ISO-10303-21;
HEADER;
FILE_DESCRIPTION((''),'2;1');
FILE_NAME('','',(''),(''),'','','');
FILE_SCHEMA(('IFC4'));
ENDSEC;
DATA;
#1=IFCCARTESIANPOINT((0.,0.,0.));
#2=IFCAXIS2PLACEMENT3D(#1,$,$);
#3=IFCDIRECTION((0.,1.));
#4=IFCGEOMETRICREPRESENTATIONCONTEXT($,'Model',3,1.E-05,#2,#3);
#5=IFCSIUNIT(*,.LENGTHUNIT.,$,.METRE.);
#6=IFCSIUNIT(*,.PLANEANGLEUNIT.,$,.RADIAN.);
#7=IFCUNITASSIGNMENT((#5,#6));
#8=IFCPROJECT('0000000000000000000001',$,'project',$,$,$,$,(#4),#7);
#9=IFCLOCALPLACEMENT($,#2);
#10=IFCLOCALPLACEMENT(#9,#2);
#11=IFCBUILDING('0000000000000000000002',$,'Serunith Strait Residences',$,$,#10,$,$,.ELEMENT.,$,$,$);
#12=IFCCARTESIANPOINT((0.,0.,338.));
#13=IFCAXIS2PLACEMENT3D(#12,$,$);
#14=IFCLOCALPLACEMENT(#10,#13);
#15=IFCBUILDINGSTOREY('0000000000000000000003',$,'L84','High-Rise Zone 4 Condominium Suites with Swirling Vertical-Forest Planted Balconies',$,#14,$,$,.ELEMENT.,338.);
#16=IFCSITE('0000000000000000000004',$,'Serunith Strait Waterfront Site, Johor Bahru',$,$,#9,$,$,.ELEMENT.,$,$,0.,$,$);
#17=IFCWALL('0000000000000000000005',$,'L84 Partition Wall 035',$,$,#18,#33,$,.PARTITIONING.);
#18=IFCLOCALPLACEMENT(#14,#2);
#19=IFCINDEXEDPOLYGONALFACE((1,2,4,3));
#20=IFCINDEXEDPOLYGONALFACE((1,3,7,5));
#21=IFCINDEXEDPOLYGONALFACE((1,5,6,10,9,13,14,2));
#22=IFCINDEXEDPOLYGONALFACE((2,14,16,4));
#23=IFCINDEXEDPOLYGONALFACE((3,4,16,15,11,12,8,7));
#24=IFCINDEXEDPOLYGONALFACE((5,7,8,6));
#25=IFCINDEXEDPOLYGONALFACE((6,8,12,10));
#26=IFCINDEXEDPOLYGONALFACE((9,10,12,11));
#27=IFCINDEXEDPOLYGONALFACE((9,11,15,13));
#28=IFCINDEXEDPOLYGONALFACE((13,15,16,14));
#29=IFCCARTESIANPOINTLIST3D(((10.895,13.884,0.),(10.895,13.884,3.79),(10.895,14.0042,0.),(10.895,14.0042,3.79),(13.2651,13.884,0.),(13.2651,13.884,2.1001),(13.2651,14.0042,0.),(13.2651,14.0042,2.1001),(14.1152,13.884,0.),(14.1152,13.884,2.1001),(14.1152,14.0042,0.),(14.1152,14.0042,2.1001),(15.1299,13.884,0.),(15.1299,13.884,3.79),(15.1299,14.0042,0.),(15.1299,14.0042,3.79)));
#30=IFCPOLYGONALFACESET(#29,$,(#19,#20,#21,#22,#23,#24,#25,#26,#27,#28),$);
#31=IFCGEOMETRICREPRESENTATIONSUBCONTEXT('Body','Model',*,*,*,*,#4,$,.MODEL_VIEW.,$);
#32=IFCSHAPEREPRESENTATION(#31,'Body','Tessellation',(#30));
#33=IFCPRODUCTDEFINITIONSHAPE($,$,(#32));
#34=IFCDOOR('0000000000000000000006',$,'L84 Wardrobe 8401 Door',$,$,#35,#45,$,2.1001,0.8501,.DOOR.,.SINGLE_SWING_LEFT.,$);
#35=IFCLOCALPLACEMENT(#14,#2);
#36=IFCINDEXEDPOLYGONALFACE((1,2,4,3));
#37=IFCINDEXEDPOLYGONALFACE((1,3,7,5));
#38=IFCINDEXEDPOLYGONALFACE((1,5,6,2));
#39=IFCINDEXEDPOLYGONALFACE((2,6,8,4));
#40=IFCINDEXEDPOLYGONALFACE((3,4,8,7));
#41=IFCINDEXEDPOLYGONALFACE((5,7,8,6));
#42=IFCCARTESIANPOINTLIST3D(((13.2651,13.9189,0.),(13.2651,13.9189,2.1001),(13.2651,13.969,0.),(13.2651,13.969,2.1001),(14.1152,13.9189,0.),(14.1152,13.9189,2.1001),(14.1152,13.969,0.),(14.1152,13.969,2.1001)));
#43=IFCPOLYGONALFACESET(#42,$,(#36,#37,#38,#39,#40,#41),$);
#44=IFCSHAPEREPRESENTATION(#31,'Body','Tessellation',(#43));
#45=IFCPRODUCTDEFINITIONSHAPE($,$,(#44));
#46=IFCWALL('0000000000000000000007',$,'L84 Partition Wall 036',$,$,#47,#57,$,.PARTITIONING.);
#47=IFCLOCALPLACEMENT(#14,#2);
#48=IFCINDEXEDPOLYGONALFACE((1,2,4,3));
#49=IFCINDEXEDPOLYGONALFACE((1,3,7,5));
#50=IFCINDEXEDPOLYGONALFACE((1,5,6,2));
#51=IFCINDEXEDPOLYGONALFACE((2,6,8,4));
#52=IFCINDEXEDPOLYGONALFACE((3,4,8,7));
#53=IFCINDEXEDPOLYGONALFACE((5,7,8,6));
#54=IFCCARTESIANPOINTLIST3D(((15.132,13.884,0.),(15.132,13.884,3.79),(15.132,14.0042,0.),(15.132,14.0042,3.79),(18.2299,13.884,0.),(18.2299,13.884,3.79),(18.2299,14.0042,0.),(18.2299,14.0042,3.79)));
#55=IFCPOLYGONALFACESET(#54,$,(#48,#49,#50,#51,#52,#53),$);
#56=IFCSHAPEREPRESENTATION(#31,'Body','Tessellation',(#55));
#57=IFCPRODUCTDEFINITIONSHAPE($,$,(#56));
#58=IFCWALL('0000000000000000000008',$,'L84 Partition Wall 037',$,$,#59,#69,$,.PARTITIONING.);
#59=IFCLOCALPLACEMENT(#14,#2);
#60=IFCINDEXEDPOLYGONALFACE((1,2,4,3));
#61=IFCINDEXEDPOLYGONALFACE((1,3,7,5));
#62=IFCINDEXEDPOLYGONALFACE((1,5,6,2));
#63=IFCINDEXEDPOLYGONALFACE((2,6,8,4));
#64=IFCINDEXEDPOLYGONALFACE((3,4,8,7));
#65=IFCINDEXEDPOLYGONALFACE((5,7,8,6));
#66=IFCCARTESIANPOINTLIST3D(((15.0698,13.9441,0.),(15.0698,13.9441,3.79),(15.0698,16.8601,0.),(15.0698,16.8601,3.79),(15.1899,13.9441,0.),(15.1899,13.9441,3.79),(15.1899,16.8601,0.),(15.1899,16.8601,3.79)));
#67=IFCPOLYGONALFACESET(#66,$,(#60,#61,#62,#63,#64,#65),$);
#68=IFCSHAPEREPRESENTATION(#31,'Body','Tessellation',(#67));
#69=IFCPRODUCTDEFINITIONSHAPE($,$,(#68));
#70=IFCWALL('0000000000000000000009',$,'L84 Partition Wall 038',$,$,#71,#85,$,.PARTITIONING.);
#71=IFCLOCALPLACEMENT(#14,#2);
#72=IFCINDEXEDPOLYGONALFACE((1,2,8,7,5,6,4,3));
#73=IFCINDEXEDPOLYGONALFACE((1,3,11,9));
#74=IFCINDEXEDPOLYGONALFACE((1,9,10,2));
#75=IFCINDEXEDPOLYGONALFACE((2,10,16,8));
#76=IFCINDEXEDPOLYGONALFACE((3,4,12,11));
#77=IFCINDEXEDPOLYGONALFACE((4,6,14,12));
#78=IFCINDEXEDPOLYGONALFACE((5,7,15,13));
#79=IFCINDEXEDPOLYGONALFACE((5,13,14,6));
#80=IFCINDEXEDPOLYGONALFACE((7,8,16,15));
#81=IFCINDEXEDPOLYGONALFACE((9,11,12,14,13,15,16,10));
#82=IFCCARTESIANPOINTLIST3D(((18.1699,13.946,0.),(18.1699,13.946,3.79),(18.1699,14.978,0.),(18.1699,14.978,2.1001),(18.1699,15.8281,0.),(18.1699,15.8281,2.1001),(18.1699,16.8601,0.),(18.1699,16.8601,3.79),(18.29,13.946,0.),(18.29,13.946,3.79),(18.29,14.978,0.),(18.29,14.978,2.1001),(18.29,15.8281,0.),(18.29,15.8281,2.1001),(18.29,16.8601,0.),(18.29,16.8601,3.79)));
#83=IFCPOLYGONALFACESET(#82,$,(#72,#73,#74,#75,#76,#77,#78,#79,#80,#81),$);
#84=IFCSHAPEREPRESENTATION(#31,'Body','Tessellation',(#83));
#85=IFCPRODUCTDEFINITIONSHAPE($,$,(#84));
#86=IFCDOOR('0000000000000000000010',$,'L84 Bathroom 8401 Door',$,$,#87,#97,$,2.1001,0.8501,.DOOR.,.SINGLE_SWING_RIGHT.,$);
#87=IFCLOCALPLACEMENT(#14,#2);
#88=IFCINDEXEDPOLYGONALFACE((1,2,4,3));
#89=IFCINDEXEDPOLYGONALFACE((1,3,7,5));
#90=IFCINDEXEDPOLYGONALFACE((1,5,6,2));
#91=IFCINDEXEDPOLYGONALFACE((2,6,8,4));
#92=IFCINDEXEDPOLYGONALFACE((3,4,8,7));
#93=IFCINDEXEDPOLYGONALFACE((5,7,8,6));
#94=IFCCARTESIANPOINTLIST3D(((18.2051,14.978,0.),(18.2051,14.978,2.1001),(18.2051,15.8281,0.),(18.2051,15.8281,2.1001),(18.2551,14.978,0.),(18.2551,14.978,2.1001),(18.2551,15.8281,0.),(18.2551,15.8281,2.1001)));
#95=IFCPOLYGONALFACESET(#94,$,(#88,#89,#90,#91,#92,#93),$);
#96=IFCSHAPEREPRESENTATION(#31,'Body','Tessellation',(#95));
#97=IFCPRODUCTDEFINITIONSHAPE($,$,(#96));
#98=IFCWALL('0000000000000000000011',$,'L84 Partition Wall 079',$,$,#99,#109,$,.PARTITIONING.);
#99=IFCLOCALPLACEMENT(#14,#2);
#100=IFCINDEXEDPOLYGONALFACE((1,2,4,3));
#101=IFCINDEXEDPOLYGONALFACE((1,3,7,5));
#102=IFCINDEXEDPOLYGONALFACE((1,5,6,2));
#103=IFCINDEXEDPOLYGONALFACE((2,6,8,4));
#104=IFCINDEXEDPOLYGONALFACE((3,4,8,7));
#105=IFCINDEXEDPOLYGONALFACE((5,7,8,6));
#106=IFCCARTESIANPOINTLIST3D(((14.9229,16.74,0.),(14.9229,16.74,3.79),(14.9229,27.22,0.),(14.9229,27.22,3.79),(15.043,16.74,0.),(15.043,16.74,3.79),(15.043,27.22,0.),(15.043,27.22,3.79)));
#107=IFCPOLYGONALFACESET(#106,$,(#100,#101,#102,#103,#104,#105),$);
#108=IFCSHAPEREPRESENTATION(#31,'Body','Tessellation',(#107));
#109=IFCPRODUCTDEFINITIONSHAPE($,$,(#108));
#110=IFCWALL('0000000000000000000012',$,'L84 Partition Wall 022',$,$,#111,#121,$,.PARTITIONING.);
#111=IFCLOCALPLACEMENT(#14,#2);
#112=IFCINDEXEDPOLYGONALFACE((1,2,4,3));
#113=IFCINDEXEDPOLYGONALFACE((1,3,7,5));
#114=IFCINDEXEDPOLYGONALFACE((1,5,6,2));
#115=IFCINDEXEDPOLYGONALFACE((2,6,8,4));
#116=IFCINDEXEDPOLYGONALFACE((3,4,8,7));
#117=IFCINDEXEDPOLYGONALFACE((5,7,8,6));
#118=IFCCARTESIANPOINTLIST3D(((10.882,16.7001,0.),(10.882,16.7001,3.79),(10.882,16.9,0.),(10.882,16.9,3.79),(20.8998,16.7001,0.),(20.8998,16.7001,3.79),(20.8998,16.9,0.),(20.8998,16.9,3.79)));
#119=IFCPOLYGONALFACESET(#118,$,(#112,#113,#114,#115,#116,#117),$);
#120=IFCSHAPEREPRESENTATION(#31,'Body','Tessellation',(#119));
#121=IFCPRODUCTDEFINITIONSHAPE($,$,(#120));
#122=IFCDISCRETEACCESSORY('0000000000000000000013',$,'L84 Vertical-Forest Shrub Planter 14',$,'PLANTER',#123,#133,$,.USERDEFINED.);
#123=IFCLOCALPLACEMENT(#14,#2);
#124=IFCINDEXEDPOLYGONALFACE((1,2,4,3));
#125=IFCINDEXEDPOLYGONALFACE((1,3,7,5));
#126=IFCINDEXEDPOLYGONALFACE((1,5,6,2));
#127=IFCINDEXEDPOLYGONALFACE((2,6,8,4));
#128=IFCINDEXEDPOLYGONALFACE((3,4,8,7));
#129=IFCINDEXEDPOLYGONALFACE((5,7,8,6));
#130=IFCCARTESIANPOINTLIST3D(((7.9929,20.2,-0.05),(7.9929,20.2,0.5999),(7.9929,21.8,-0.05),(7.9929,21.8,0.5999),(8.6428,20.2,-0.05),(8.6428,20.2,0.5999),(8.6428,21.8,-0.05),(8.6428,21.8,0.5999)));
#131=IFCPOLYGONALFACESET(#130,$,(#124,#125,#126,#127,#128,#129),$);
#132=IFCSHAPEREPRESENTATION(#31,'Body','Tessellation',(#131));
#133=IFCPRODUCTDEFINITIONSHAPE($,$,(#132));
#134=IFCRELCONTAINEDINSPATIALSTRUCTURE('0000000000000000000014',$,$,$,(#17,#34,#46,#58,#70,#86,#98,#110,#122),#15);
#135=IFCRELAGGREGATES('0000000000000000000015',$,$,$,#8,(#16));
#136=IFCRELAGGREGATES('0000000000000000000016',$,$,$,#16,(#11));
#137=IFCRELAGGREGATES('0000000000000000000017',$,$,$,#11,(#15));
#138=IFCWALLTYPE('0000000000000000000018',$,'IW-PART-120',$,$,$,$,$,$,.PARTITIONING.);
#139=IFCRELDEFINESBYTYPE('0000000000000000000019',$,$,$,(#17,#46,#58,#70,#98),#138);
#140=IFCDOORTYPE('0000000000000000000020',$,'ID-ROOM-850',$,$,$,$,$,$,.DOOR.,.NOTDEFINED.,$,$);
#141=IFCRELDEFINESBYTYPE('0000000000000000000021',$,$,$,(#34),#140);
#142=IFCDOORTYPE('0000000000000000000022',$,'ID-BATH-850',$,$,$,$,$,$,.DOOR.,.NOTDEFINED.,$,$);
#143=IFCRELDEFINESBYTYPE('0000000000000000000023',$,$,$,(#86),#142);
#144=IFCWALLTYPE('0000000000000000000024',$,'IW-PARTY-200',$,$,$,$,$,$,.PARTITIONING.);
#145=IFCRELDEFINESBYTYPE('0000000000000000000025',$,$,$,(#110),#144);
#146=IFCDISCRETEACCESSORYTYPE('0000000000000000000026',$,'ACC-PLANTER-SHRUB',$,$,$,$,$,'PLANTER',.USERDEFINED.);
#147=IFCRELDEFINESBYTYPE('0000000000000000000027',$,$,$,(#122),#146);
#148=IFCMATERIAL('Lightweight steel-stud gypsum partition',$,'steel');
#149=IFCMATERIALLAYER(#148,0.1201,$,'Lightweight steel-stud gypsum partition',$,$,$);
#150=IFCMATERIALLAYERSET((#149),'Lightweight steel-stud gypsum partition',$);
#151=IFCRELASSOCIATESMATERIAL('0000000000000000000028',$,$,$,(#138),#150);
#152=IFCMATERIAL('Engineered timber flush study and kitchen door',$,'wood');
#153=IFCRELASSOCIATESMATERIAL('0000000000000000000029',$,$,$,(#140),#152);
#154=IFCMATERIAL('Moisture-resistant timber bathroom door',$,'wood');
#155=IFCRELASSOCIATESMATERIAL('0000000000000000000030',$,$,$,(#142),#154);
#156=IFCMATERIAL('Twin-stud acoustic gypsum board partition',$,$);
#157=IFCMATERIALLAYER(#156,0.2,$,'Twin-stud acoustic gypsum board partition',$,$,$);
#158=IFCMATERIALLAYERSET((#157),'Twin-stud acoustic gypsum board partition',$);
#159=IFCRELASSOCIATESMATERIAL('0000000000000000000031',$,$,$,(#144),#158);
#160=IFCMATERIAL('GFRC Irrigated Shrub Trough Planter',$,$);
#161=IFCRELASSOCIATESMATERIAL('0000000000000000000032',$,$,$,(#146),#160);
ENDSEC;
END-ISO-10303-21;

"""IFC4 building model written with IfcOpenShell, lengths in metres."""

from ifc_helpers import new_model, si_unit, direction, frame, frame_2d, origin, origin_2d, place, context, subcontext, project, spatial, rectangle, extrude, source, transform, mapped, material, layer, layer_set, type_object, element, fill, save


model = new_model("IFC4")

# Units and contexts
model_context = context("Model", 3, precision=1e-05, world=origin(), true_north=direction((0.0, 1.0)))
body_context = subcontext(model_context, "Body", "Model", "MODEL_VIEW")
ifc_project = project(units=[si_unit("LENGTHUNIT", "METRE"), si_unit("PLANEANGLEUNIT", "RADIAN")], contexts=[model_context])

# Site, building, storey
site_placement = place(None, origin())
site = spatial("IfcSite", under=ifc_project, at=site_placement, Name="Serunith Strait Waterfront Site, Johor Bahru", CompositionType="ELEMENT", RefElevation=0.0)
building_placement = place(site_placement, origin())
building = spatial("IfcBuilding", under=site, at=building_placement, Name="Serunith Strait Residences", CompositionType="ELEMENT")
storey_placement = place(building_placement, frame((0.0, 0.0, 338.0)))
storey = spatial("IfcBuildingStorey", under=building, at=storey_placement, Name="L84", Description="High-Rise Zone 4 Condominium Suites with Swirling Vertical-Forest Planted Balconies", CompositionType="ELEMENT", Elevation=338.0)

# Wall, opening, door
ifc_material_1 = material(Name="Lightweight steel-stud gypsum partition", Category="steel")
ifc_layer_1 = layer(ifc_material_1, 0.1201, Name="Lightweight steel-stud gypsum partition")
ifc_layer_set_1 = layer_set([ifc_layer_1], Name="Lightweight steel-stud gypsum partition")
wall_type_1 = type_object("IfcWallType", Name="IW-PART-120", PredefinedType="PARTITIONING", material=ifc_layer_set_1)
wall_1_placement = place(storey_placement, frame((10.895, 13.9441, 0.0), z_axis=(0.0, 0.0, 1.0), x_axis=(1.0, 0.0, 0.0)))
wall_1 = element("IfcWall", 1, at=wall_1_placement, inside=storey, type_object=wall_type_1, Name="L84 Partition Wall 035", PredefinedType="PARTITIONING", context=body_context, shape_type="SweptSolid", body=[
    extrude(rectangle(XDim=4.2349, YDim=0.1201, at=frame_2d((2.1174, 0.0))), origin(), (0.0, 0.0, 1.0), 3.79),
])
opening_1_placement = place(wall_1_placement, frame((2.3701, 0.0, 0.0)))
opening_1 = element("IfcOpeningElement", 2, at=opening_1_placement, cuts=wall_1, PredefinedType="OPENING", context=body_context, shape_type="SweptSolid", body=[
    extrude(rectangle(XDim=0.8501, YDim=2.1001, at=frame_2d((0.425, 1.05))), frame((0.0, 0.0701, 0.0), z_axis=(0.0, -1.0, 0.0), x_axis=(1.0, 0.0, 0.0)), (0.0, 0.0, 1.0), 0.1401),
])
ifc_material_2 = material(Name="Engineered timber flush study and kitchen door", Category="wood")
door_type_1 = type_object("IfcDoorType", Name="ID-ROOM-850", OperationType="NOTDEFINED", PredefinedType="DOOR", material=ifc_material_2)
shared_shape_1 = source(origin(), body_context, "Body", "SweptSolid", [
    extrude(rectangle(XDim=0.8501, YDim=2.1001, at=frame_2d((0.425, 1.05))), frame((0.0, 0.0249, 0.0), z_axis=(0.0, -1.0, 0.0), x_axis=(1.0, 0.0, 0.0)), (0.0, 0.0, 1.0), 0.05),
])
door_1_placement = place(opening_1_placement, origin())
door_1 = element("IfcDoor", 3, at=door_1_placement, inside=storey, type_object=door_type_1, Name="L84 Wardrobe 8401 Door", OperationType="SINGLE_SWING_LEFT", OverallHeight=2.1001, OverallWidth=0.8501, PredefinedType="DOOR", context=body_context, shape_type="MappedRepresentation", body=[
    mapped(shared_shape_1, transform((0.0, 0.0, 0.0), scale=1.0)),
])
fill(opening_1, door_1)

# Walls
wall_2_placement = place(storey_placement, frame((15.1321, 13.9441, 0.0), z_axis=(0.0, 0.0, 1.0), x_axis=(1.0, 0.0, 0.0)))
element("IfcWall", 4, at=wall_2_placement, inside=storey, type_object=wall_type_1, Name="L84 Partition Wall 036", PredefinedType="PARTITIONING", context=body_context, shape_type="SweptSolid", body=[
    extrude(rectangle(XDim=3.0979, YDim=0.1201, at=frame_2d((1.5488, 0.0))), origin(), (0.0, 0.0, 1.0), 3.79),
])
wall_3_placement = place(storey_placement, frame((15.1299, 13.9441, 0.0), z_axis=(0.0, 0.0, 1.0), x_axis=(0.0, 1.0, 0.0)))
element("IfcWall", 5, at=wall_3_placement, inside=storey, type_object=wall_type_1, Name="L84 Partition Wall 037", PredefinedType="PARTITIONING", context=body_context, shape_type="SweptSolid", body=[
    extrude(rectangle(XDim=2.916, YDim=0.1201, at=frame_2d((1.458, 0.0))), origin(), (0.0, 0.0, 1.0), 3.79),
])

# Wall, opening, door
wall_4_placement = place(storey_placement, frame((18.23, 13.946, 0.0), z_axis=(0.0, 0.0, 1.0), x_axis=(0.0, 1.0, 0.0)))
wall_4 = element("IfcWall", 6, at=wall_4_placement, inside=storey, type_object=wall_type_1, Name="L84 Partition Wall 038", PredefinedType="PARTITIONING", context=body_context, shape_type="SweptSolid", body=[
    extrude(rectangle(XDim=2.9141, YDim=0.1201, at=frame_2d((1.457, 0.0))), origin(), (0.0, 0.0, 1.0), 3.79),
])
opening_2_placement = place(wall_4_placement, frame((1.032, 0.0, 0.0)))
opening_2 = element("IfcOpeningElement", 7, at=opening_2_placement, cuts=wall_4, PredefinedType="OPENING", context=body_context, shape_type="SweptSolid", body=[
    extrude(rectangle(XDim=0.8501, YDim=2.1001, at=frame_2d((0.425, 1.05))), frame((0.0, 0.0701, 0.0), z_axis=(0.0, -1.0, 0.0), x_axis=(1.0, 0.0, 0.0)), (0.0, 0.0, 1.0), 0.1401),
])
ifc_material_3 = material(Name="Moisture-resistant timber bathroom door", Category="wood")
door_type_2 = type_object("IfcDoorType", Name="ID-BATH-850", OperationType="NOTDEFINED", PredefinedType="DOOR", material=ifc_material_3)
door_2_placement = place(opening_2_placement, origin())
door_2 = element("IfcDoor", 8, at=door_2_placement, inside=storey, type_object=door_type_2, Name="L84 Bathroom 8401 Door", OperationType="SINGLE_SWING_RIGHT", OverallHeight=2.1001, OverallWidth=0.8501, PredefinedType="DOOR", context=body_context, shape_type="MappedRepresentation", body=[
    mapped(shared_shape_1, transform((0.0, 0.0, 0.0), scale=1.0)),
])
fill(opening_2, door_2)

# Walls
wall_5_placement = place(storey_placement, frame((14.9829, 16.74, 0.0), z_axis=(0.0, 0.0, 1.0), x_axis=(0.0, 1.0, 0.0)))
element("IfcWall", 9, at=wall_5_placement, inside=storey, type_object=wall_type_1, Name="L84 Partition Wall 079", PredefinedType="PARTITIONING", context=body_context, shape_type="SweptSolid", body=[
    extrude(rectangle(XDim=10.48, YDim=0.1201, at=frame_2d((5.24, 0.0))), origin(), (0.0, 0.0, 1.0), 3.79),
])
ifc_material_4 = material(Name="Twin-stud acoustic gypsum board partition")
ifc_layer_2 = layer(ifc_material_4, 0.2, Name="Twin-stud acoustic gypsum board partition")
ifc_layer_set_2 = layer_set([ifc_layer_2], Name="Twin-stud acoustic gypsum board partition")
wall_type_2 = type_object("IfcWallType", Name="IW-PARTY-200", PredefinedType="PARTITIONING", material=ifc_layer_set_2)
wall_6_placement = place(storey_placement, frame((10.8821, 16.8, 0.0), z_axis=(0.0, 0.0, 1.0), x_axis=(1.0, 0.0, 0.0)))
element("IfcWall", 10, at=wall_6_placement, inside=storey, type_object=wall_type_2, Name="L84 Partition Wall 022", PredefinedType="PARTITIONING", context=body_context, shape_type="SweptSolid", body=[
    extrude(rectangle(XDim=10.0178, YDim=0.2, at=frame_2d((5.0088, 0.0))), origin(), (0.0, 0.0, 1.0), 3.79),
])

# Discrete accessory
ifc_material_5 = material(Name="GFRC Irrigated Shrub Trough Planter")
discrete_accessory_type = type_object("IfcDiscreteAccessoryType", Name="ACC-PLANTER-SHRUB", ElementType="PLANTER", PredefinedType="USERDEFINED", material=ifc_material_5)
shared_shape_2 = source(origin(), body_context, "Body", "SweptSolid", [
    extrude(rectangle(XDim=1.6001, YDim=0.6499, at=origin_2d()), origin(), (0.0, 0.0, 1.0), 0.6499),
])
discrete_accessory_placement = place(storey_placement, frame((8.3179, 21.0, -0.05), z_axis=(0.0, 0.0, 1.0), x_axis=(0.0, -1.0, 0.0)))
element("IfcDiscreteAccessory", 11, at=discrete_accessory_placement, inside=storey, type_object=discrete_accessory_type, Name="L84 Vertical-Forest Shrub Planter 14", ObjectType="PLANTER", PredefinedType="USERDEFINED", context=body_context, shape_type="MappedRepresentation", body=[
    mapped(shared_shape_2, transform((0.0, 0.0, 0.0), scale=1.0)),
])

save(model, "model.ifc")
